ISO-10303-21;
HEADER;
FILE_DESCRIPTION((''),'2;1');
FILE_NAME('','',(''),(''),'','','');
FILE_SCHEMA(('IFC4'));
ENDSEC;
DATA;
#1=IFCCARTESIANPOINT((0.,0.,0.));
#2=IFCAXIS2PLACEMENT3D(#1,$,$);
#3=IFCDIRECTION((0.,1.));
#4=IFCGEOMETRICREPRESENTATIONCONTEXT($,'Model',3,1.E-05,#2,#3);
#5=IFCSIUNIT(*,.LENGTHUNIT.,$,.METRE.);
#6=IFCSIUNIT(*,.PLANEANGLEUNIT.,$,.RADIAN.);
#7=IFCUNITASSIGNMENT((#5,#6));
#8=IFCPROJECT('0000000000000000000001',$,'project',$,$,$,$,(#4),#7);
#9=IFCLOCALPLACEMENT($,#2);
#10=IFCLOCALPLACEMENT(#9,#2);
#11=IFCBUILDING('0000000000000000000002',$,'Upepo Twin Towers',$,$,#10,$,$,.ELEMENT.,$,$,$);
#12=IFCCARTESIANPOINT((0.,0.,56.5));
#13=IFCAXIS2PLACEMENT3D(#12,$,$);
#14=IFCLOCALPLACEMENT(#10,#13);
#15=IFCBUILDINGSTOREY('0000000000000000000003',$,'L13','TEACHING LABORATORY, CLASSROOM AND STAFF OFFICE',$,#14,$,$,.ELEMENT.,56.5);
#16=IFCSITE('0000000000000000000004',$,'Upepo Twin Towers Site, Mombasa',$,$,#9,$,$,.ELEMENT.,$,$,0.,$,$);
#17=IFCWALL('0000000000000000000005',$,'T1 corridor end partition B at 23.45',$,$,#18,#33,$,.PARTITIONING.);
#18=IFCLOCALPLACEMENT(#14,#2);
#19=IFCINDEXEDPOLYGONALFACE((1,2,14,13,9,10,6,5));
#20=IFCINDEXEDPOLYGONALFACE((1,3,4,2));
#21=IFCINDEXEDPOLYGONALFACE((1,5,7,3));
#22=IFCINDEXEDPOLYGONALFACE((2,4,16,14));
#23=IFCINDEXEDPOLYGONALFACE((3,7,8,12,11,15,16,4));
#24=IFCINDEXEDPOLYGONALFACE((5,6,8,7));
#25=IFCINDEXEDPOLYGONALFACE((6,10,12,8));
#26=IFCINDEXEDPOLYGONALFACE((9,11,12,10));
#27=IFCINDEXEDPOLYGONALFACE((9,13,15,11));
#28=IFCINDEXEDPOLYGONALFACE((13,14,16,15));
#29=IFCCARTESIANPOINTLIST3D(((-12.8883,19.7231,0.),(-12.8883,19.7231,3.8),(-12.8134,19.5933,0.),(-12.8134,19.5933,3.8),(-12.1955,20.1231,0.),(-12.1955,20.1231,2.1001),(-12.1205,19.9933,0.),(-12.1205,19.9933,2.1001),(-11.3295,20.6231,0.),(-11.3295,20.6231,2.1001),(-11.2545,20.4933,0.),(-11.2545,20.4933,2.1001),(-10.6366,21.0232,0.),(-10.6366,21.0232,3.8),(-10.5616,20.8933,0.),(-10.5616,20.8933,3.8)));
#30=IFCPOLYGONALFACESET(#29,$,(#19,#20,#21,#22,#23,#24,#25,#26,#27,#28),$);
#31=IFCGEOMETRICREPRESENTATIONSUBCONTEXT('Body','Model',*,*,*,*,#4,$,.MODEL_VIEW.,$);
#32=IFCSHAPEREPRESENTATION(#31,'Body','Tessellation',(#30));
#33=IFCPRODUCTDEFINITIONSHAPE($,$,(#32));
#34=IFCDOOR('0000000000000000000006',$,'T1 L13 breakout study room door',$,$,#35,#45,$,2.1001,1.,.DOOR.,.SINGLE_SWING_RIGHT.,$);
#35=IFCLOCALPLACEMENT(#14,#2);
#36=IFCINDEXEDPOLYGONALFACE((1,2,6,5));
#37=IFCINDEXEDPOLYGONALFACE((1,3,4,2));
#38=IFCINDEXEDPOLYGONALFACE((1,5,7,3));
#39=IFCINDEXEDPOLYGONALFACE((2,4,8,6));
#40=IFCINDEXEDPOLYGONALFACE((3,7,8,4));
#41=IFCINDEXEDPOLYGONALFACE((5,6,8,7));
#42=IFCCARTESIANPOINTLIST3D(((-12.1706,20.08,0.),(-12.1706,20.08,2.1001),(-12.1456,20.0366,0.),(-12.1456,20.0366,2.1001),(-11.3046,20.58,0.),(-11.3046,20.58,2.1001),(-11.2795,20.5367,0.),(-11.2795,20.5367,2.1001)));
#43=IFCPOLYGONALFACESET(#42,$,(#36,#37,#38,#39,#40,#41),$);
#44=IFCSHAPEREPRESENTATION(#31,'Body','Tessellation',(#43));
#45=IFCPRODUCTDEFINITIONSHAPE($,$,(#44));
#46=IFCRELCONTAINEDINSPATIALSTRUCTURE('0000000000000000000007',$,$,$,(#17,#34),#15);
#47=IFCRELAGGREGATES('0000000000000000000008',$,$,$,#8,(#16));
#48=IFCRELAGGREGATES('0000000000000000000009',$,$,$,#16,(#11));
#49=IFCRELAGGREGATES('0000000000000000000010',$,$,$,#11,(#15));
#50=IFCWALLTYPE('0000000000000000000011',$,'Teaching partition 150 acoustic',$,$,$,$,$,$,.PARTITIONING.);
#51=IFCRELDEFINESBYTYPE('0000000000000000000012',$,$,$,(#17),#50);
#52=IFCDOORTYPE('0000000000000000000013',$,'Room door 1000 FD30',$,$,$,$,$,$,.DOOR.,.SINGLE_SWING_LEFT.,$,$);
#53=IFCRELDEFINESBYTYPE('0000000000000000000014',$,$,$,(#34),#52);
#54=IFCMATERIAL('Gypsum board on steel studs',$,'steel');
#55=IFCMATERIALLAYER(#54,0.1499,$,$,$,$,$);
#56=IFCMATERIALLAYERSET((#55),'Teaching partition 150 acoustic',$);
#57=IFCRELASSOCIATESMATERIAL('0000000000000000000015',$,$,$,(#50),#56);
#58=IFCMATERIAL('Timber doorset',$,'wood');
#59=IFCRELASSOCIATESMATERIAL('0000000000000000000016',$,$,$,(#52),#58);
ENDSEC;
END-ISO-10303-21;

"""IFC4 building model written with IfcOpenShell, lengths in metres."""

from ifc_helpers import new_model, si_unit, direction, frame, frame_2d, origin, place, context, subcontext, project, spatial, rectangle, extrude, material, layer, layer_set, type_object, element, fill, save


model = new_model("IFC4")

# Units and contexts
model_context = context("Model", 3, precision=1e-05, world=origin(), true_north=direction((0.0, 1.0)))
body_context = subcontext(model_context, "Body", "Model", "MODEL_VIEW")
ifc_project = project(units=[si_unit("LENGTHUNIT", "METRE"), si_unit("PLANEANGLEUNIT", "RADIAN")], contexts=[model_context])

# Site, building, storey
site_placement = place(None, origin())
site = spatial("IfcSite", under=ifc_project, at=site_placement, Name="Upepo Twin Towers Site, Mombasa", CompositionType="ELEMENT", RefElevation=0.0)
building_placement = place(site_placement, origin())
building = spatial("IfcBuilding", under=site, at=building_placement, Name="Upepo Twin Towers", CompositionType="ELEMENT")
storey_placement = place(building_placement, frame((0.0, 0.0, 56.5)))
storey = spatial("IfcBuildingStorey", under=building, at=storey_placement, Name="L13", Description="TEACHING LABORATORY, CLASSROOM AND STAFF OFFICE", CompositionType="ELEMENT", Elevation=56.5)

# Shared definitions
ifc_material_1 = material(Name="Gypsum board on steel studs", Category="steel")
ifc_layer_1 = layer(ifc_material_1, 0.1499)
ifc_layer_set_1 = layer_set([ifc_layer_1], Name="Teaching partition 150 acoustic")
wall_type_1 = type_object("IfcWallType", Name="Teaching partition 150 acoustic", PredefinedType="PARTITIONING", material=ifc_layer_set_1)

# Shared definitions
ifc_material_2 = material(Name="Timber doorset", Category="wood")
door_type = type_object("IfcDoorType", Name="Room door 1000 FD30", OperationType="SINGLE_SWING_LEFT", PredefinedType="DOOR", material=ifc_material_2)

# Wall, opening, door
wall_1_placement = place(storey_placement, frame((-10.5991, 20.9583, 0.0), z_axis=(0.0, 0.0, 1.0), x_axis=(-0.866021, -0.500007, 0.0)))
wall_1 = element("IfcWall", 1, at=wall_1_placement, inside=storey, type_object=wall_type_1, Name="T1 corridor end partition B at 23.45", PredefinedType="PARTITIONING", context=body_context, shape_type="SweptSolid", body=[
    extrude(rectangle(XDim=2.6001, YDim=0.1499, at=frame_2d((1.3, 0.0))), origin(), (0.0, 0.0, 1.0), 3.8),
])
opening_1_placement = place(wall_1_placement, frame((0.8, 0.0, 0.0)))
opening_1 = element("IfcOpeningElement", 2, at=opening_1_placement, cuts=wall_1, PredefinedType="OPENING", context=body_context, shape_type="SweptSolid", body=[
    extrude(rectangle(XDim=1.0, YDim=2.1001, at=frame_2d((0.5, 1.05))), frame((0.0, 0.085, 0.0), z_axis=(0.0, -1.0, 0.0), x_axis=(1.0, 0.0, 0.0)), (0.0, 0.0, 1.0), 0.1699),
])
door_1_placement = place(opening_1_placement, origin())
door_1 = element("IfcDoor", 3, at=door_1_placement, inside=storey, type_object=door_type, Name="T1 L13 breakout study room door", OperationType="SINGLE_SWING_RIGHT", OverallHeight=2.1001, OverallWidth=1.0, PredefinedType="DOOR", context=body_context, shape_type="SweptSolid", body=[
    extrude(rectangle(XDim=1.0, YDim=2.1001, at=frame_2d((0.5, 1.05))), frame((0.0, 0.0249, 0.0), z_axis=(0.0, -1.0, 0.0), x_axis=(1.0, 0.0, 0.0)), (0.0, 0.0, 1.0), 0.05),
])
fill(opening_1, door_1)

save(model, "model.ifc")
